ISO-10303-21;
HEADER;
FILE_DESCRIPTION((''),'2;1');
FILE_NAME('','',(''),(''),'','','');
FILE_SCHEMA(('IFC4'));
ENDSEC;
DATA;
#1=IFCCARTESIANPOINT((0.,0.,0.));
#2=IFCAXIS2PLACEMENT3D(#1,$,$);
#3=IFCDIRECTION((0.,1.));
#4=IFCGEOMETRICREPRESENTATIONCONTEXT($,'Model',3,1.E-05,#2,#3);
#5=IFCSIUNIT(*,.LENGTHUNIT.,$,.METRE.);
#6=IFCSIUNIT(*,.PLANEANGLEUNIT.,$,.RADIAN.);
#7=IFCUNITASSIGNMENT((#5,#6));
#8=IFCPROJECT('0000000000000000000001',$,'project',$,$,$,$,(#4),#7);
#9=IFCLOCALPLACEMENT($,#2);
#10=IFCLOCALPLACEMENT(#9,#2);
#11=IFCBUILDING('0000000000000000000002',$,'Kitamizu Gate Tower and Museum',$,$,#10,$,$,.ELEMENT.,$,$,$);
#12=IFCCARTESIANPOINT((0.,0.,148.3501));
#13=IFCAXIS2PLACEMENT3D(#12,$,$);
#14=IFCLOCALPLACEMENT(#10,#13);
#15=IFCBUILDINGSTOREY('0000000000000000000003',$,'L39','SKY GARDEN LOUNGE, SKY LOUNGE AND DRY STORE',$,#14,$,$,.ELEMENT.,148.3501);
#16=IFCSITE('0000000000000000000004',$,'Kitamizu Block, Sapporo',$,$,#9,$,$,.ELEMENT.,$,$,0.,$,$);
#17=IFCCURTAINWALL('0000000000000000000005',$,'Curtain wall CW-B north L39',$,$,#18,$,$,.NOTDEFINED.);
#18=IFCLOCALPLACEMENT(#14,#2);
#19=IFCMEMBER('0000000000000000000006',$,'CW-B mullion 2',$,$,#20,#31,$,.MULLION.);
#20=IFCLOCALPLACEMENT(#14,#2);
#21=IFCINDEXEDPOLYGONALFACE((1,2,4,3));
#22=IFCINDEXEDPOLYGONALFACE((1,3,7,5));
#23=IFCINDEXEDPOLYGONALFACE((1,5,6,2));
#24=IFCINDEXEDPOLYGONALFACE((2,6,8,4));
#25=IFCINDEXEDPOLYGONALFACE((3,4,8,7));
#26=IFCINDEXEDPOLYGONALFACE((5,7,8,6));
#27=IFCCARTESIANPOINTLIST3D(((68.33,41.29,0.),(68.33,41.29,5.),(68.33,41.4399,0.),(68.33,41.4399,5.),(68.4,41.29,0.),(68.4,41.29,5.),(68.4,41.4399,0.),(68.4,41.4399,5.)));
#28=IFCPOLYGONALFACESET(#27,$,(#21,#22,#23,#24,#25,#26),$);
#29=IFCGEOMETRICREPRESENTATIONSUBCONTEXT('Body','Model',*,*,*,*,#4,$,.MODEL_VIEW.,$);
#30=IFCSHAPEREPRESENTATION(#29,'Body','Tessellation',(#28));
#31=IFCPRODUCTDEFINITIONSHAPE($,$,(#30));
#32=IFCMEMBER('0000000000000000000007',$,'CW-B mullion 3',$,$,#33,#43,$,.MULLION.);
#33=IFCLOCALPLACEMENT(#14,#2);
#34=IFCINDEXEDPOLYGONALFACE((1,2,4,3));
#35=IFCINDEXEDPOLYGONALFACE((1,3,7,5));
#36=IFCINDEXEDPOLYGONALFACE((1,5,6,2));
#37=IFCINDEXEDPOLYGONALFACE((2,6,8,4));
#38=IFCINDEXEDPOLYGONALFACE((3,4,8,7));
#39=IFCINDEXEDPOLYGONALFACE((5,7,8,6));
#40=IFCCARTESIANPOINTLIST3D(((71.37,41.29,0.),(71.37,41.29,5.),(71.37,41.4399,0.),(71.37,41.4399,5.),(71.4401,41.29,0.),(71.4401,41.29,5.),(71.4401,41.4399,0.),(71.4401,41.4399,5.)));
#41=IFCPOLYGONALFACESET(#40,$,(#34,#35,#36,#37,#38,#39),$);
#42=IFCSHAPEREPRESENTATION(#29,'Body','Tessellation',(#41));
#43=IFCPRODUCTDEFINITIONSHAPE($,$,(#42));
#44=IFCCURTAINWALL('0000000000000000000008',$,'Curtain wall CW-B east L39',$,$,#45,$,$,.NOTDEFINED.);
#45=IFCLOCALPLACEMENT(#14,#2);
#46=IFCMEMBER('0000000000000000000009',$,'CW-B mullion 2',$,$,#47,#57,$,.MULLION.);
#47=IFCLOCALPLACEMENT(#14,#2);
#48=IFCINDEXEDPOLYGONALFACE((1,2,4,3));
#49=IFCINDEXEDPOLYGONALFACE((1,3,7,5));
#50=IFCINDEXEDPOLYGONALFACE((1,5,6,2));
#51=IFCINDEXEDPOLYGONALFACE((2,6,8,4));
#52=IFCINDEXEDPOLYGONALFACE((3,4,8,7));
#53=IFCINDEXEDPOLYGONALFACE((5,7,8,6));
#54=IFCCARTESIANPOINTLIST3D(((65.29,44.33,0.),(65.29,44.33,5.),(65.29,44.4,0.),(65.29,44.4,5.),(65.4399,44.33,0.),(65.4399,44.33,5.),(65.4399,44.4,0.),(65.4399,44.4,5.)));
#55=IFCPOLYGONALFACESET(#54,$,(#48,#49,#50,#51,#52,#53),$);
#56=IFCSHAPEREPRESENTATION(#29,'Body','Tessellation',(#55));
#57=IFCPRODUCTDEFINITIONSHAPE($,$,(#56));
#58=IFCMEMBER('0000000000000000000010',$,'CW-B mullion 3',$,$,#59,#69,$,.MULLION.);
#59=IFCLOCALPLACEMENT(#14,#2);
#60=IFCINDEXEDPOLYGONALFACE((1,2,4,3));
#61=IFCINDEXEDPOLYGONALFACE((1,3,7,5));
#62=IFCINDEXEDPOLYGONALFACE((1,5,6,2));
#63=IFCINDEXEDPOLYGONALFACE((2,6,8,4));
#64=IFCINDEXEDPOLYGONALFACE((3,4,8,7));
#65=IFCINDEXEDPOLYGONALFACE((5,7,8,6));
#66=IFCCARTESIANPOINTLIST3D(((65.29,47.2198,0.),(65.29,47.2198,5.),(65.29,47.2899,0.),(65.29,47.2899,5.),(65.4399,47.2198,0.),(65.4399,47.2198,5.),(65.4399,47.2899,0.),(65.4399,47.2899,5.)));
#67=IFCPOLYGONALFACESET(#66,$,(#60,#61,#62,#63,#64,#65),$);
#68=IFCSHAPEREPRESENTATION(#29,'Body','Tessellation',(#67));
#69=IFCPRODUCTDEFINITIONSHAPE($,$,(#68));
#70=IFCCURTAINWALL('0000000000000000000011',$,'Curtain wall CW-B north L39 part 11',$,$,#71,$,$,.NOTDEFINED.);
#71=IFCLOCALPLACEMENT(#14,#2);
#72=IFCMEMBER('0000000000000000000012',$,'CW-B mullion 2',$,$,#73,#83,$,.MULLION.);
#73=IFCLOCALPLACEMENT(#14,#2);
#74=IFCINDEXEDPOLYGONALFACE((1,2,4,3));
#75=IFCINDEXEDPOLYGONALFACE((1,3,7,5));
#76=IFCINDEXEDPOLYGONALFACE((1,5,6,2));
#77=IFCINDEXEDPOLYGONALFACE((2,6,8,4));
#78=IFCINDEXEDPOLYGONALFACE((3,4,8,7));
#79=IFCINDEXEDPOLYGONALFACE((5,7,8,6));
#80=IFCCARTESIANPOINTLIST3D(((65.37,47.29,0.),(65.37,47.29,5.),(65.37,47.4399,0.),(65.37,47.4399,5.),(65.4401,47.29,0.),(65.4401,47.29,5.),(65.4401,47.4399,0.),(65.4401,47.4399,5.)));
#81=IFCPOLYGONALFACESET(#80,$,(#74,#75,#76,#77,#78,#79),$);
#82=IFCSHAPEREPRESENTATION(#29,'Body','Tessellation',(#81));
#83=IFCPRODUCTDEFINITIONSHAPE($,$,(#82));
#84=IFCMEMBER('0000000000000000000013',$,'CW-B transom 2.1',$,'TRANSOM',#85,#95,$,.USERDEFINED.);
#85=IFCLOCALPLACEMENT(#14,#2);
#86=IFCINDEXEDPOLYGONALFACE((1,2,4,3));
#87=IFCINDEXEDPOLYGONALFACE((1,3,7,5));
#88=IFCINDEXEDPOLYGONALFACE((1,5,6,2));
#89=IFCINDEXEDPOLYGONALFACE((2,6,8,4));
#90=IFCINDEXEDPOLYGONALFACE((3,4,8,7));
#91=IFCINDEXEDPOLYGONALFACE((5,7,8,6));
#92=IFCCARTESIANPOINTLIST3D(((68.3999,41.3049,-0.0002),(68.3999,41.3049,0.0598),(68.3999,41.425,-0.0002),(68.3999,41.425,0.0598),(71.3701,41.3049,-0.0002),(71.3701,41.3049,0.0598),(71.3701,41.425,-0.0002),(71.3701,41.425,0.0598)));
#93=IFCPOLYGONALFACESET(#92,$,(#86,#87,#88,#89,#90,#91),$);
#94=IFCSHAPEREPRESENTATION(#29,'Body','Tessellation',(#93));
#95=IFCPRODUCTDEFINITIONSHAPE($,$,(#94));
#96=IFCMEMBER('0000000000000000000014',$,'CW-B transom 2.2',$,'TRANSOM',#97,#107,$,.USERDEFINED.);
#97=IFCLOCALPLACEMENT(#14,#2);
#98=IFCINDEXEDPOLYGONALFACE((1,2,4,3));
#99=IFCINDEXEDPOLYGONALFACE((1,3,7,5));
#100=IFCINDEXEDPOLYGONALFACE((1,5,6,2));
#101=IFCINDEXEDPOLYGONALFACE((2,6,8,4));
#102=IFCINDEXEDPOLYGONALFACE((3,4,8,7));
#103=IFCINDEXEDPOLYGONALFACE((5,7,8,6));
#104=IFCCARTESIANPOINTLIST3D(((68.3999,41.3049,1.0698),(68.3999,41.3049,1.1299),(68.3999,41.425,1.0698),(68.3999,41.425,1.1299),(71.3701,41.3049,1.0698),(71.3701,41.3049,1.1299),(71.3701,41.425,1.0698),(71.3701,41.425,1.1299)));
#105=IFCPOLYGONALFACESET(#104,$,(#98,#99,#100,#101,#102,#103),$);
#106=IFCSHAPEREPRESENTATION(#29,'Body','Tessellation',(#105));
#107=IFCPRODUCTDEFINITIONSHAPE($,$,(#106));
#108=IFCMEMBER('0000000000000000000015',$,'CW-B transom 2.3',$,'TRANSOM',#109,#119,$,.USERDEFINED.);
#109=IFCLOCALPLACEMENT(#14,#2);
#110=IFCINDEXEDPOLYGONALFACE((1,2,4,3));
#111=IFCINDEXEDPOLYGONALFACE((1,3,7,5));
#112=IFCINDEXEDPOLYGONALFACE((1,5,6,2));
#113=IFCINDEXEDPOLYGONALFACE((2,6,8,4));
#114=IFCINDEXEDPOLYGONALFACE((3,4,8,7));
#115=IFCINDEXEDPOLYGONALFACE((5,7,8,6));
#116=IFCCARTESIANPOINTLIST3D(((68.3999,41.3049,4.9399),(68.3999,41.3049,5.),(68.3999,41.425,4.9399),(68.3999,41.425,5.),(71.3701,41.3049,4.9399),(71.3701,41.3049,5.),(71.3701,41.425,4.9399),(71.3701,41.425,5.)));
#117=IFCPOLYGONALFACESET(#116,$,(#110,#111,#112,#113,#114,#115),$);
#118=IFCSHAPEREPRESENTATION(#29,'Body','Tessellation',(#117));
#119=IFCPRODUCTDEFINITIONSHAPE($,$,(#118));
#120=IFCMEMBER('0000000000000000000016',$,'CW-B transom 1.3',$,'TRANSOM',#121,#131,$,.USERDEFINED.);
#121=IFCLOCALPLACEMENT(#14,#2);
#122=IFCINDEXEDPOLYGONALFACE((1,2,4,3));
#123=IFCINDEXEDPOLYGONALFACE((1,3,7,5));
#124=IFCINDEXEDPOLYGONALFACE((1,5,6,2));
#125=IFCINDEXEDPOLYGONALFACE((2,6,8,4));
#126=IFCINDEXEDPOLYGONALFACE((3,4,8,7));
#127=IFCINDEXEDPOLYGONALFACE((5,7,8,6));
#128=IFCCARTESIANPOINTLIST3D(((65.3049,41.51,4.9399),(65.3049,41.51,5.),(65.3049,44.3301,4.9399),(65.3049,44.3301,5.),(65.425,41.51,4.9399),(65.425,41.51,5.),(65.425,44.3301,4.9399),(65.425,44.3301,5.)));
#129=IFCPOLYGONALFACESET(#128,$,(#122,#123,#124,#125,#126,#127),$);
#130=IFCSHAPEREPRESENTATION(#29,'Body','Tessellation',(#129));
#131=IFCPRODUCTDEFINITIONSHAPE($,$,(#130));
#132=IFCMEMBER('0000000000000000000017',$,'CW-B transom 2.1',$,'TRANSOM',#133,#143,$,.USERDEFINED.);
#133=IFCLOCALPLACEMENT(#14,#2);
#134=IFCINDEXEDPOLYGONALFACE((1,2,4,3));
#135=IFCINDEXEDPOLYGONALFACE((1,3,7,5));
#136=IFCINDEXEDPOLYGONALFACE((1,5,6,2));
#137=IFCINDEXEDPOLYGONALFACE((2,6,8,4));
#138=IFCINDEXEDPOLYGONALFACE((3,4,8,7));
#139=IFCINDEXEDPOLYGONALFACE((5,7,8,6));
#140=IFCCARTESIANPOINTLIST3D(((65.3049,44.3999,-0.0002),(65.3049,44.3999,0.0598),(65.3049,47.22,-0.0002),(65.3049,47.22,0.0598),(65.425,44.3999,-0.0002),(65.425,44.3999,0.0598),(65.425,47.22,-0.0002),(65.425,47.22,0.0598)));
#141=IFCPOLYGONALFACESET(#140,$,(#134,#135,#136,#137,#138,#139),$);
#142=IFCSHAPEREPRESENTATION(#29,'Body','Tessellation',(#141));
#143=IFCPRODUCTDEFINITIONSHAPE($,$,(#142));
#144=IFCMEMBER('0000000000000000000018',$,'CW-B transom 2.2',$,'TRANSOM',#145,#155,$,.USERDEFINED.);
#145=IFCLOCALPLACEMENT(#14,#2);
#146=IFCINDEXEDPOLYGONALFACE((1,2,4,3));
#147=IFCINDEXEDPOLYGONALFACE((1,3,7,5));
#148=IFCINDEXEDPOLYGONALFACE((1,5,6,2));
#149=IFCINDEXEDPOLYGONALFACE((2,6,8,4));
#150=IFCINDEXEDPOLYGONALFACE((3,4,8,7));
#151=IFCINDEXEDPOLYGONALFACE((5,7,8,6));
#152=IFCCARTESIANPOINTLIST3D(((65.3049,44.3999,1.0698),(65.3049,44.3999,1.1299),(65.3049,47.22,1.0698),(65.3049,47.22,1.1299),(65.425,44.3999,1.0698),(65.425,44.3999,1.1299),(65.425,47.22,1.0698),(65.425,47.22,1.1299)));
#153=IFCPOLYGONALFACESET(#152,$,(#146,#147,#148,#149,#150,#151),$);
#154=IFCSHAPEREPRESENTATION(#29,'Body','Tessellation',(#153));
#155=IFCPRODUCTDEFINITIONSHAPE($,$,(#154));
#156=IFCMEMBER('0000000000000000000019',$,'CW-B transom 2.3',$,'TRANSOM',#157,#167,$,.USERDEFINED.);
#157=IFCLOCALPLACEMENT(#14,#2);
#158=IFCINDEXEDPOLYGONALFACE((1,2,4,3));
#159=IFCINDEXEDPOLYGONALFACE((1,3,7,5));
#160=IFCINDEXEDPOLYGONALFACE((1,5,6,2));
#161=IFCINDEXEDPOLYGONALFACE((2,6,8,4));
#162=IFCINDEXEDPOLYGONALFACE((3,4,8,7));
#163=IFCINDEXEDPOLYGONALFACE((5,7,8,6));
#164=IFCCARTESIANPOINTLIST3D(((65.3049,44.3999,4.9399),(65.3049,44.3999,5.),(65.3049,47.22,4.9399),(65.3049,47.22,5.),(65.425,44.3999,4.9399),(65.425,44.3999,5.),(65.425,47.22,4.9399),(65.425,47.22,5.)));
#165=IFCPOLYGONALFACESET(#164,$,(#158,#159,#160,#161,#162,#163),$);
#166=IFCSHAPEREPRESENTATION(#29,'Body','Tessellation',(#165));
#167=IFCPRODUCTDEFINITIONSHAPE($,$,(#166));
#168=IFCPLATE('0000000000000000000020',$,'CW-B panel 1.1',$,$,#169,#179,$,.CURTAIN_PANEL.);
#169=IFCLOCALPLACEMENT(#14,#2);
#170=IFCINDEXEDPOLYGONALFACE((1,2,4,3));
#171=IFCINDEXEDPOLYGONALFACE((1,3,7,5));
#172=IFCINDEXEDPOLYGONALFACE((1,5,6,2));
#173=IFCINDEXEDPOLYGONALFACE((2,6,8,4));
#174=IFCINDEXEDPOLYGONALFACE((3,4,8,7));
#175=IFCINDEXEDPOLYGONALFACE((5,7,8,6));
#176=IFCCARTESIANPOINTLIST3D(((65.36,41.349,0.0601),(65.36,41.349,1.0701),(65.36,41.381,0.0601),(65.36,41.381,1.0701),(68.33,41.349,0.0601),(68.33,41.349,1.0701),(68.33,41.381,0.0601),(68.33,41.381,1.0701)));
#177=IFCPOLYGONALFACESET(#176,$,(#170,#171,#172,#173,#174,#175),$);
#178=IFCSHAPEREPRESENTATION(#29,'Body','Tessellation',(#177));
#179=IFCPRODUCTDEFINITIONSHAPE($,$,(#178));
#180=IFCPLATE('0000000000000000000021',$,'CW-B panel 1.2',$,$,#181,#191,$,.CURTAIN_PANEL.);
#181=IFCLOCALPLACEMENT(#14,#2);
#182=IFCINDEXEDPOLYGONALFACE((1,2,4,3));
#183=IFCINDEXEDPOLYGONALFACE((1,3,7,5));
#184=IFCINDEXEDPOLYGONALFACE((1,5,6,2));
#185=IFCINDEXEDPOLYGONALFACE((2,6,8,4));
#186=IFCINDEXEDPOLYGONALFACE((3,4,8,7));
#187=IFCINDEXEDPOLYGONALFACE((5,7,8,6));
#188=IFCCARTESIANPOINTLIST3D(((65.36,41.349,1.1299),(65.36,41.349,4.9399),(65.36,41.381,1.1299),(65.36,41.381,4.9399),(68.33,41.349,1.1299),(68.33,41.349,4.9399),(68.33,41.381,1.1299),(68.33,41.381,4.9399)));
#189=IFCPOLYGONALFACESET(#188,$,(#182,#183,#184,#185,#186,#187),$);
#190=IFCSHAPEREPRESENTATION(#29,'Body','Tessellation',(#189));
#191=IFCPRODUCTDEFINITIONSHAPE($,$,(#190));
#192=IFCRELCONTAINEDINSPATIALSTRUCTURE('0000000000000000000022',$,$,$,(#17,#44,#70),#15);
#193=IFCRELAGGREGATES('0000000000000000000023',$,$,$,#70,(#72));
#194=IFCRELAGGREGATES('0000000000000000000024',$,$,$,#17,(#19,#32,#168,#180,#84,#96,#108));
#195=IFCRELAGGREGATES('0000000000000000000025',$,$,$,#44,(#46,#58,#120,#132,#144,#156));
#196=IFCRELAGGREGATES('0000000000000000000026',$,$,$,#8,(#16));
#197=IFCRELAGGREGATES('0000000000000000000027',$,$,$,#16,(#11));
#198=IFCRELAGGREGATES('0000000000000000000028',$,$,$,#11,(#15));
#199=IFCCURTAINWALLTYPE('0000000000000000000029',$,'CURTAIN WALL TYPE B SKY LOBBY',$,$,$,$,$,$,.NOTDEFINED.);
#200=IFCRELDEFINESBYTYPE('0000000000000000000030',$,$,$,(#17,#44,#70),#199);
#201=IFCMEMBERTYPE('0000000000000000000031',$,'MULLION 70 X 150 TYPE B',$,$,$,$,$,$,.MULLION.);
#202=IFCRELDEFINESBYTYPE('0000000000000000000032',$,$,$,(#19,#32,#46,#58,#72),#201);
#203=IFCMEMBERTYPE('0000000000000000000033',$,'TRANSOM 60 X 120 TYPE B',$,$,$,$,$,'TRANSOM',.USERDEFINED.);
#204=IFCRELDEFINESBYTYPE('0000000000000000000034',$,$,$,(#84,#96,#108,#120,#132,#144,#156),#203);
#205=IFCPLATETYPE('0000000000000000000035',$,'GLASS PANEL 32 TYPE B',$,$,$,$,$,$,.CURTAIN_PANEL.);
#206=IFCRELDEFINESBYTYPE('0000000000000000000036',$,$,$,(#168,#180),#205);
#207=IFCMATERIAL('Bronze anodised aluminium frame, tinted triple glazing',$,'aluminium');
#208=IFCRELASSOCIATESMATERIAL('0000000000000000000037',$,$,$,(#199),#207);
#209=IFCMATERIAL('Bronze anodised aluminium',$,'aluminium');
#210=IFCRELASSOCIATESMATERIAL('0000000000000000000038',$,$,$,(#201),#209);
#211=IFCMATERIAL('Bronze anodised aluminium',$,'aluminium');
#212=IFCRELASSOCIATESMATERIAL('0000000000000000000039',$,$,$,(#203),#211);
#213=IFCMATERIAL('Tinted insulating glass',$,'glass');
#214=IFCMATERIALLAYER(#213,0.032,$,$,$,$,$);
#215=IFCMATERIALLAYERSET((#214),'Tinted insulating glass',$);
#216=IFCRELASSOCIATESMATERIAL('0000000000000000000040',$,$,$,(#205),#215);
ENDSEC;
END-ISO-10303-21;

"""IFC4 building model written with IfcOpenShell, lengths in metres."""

from ifc_helpers import new_model, si_unit, direction, frame, origin, origin_2d, place, context, subcontext, project, spatial, rectangle, extrude, material, layer, layer_set, material_profile, profile_set, type_object, element, aggregate, save


model = new_model("IFC4")

# Units and contexts
model_context = context("Model", 3, precision=1e-05, world=origin(), true_north=direction((0.0, 1.0)))
body_context = subcontext(model_context, "Body", "Model", "MODEL_VIEW")
ifc_project = project(units=[si_unit("LENGTHUNIT", "METRE"), si_unit("PLANEANGLEUNIT", "RADIAN")], contexts=[model_context])

# Site, building, storey
site_placement = place(None, origin())
site = spatial("IfcSite", under=ifc_project, at=site_placement, Name="Kitamizu Block, Sapporo", CompositionType="ELEMENT", RefElevation=0.0)
building_placement = place(site_placement, origin())
building = spatial("IfcBuilding", under=site, at=building_placement, Name="Kitamizu Gate Tower and Museum", CompositionType="ELEMENT")
storey_placement = place(building_placement, frame((0.0, 0.0, 148.3501)))
storey = spatial("IfcBuildingStorey", under=building, at=storey_placement, Name="L39", Description="SKY GARDEN LOUNGE, SKY LOUNGE AND DRY STORE", CompositionType="ELEMENT", Elevation=148.3501)

# Curtain walls, members
ifc_material_1 = material(Name="Bronze anodised aluminium frame, tinted triple glazing", Category="aluminium")
curtain_wall_type = type_object("IfcCurtainWallType", Name="CURTAIN WALL TYPE B SKY LOBBY", PredefinedType="NOTDEFINED", material=ifc_material_1)
curtain_wall_1_placement = place(storey_placement, origin())
curtain_wall_1 = element("IfcCurtainWall", 1, at=curtain_wall_1_placement, inside=storey, type_object=curtain_wall_type, Name="Curtain wall CW-B north L39", PredefinedType="NOTDEFINED")
ifc_material_2 = material(Name="Bronze anodised aluminium", Category="aluminium")
ifc_material_profile_1 = material_profile(ifc_material_2, rectangle(XDim=0.0701, YDim=0.1499, at=origin_2d()), Name="AL 70X150")
ifc_profile_set_1 = profile_set([ifc_material_profile_1], Name="Bronze anodised aluminium")
member_type_1 = type_object("IfcMemberType", Name="MULLION 70 X 150 TYPE B", PredefinedType="MULLION", material=ifc_profile_set_1)
member_1_placement = place(storey_placement, frame((68.365, 41.365, 0.0), z_axis=(0.0, 0.0, 1.0), x_axis=(1.0, 0.0, 0.0)))
member_1 = element("IfcMember", 2, at=member_1_placement, type_object=member_type_1, Name="CW-B mullion 2", PredefinedType="MULLION", context=body_context, shape_type="SweptSolid", body=[
    extrude(rectangle(XDim=0.0701, YDim=0.1499, at=origin_2d()), origin(), (0.0, 0.0, 1.0), 5.0),
])
member_2_placement = place(storey_placement, frame((71.405, 41.365, 0.0), z_axis=(0.0, 0.0, 1.0), x_axis=(1.0, 0.0, 0.0)))
member_2 = element("IfcMember", 3, at=member_2_placement, type_object=member_type_1, Name="CW-B mullion 3", PredefinedType="MULLION", context=body_context, shape_type="SweptSolid", body=[
    extrude(rectangle(XDim=0.0701, YDim=0.1499, at=origin_2d()), origin(), (0.0, 0.0, 1.0), 5.0),
])
curtain_wall_2_placement = place(storey_placement, origin())
curtain_wall_2 = element("IfcCurtainWall", 4, at=curtain_wall_2_placement, inside=storey, type_object=curtain_wall_type, Name="Curtain wall CW-B east L39", PredefinedType="NOTDEFINED")
member_3_placement = place(storey_placement, frame((65.365, 44.365, 0.0), z_axis=(0.0, 0.0, 1.0), x_axis=(0.0, 1.0, 0.0)))
member_3 = element("IfcMember", 5, at=member_3_placement, type_object=member_type_1, Name="CW-B mullion 2", PredefinedType="MULLION", context=body_context, shape_type="SweptSolid", body=[
    extrude(rectangle(XDim=0.0701, YDim=0.1499, at=origin_2d()), origin(), (0.0, 0.0, 1.0), 5.0),
])
member_4_placement = place(storey_placement, frame((65.365, 47.2549, 0.0), z_axis=(0.0, 0.0, 1.0), x_axis=(0.0, 1.0, 0.0)))
member_4 = element("IfcMember", 6, at=member_4_placement, type_object=member_type_1, Name="CW-B mullion 3", PredefinedType="MULLION", context=body_context, shape_type="SweptSolid", body=[
    extrude(rectangle(XDim=0.0701, YDim=0.1499, at=origin_2d()), origin(), (0.0, 0.0, 1.0), 5.0),
])

# Curtain wall, member
curtain_wall_3_placement = place(storey_placement, origin())
curtain_wall_3 = element("IfcCurtainWall", 7, at=curtain_wall_3_placement, inside=storey, type_object=curtain_wall_type, Name="Curtain wall CW-B north L39 part 11", PredefinedType="NOTDEFINED")
member_5_placement = place(storey_placement, frame((65.405, 47.365, 0.0), z_axis=(0.0, 0.0, 1.0), x_axis=(1.0, 0.0, 0.0)))
member_5 = element("IfcMember", 8, at=member_5_placement, type_object=member_type_1, Name="CW-B mullion 2", PredefinedType="MULLION", context=body_context, shape_type="SweptSolid", body=[
    extrude(rectangle(XDim=0.0701, YDim=0.1499, at=origin_2d()), origin(), (0.0, 0.0, 1.0), 5.0),
])
aggregate(curtain_wall_3, [member_5])

# Members
ifc_material_3 = material(Name="Bronze anodised aluminium", Category="aluminium")
ifc_material_profile_2 = material_profile(ifc_material_3, rectangle(XDim=0.1201, YDim=0.0601, at=origin_2d()), Name="AL 60X120")
ifc_profile_set_2 = profile_set([ifc_material_profile_2], Name="Bronze anodised aluminium")
member_type_2 = type_object("IfcMemberType", Name="TRANSOM 60 X 120 TYPE B", ElementType="TRANSOM", PredefinedType="USERDEFINED", material=ifc_profile_set_2)
member_6_placement = place(storey_placement, frame((68.3999, 41.365, 0.0298), z_axis=(1.0, 0.0, 0.0), x_axis=(0.0, 1.0, 0.0)))
member_6 = element("IfcMember", 9, at=member_6_placement, type_object=member_type_2, Name="CW-B transom 2.1", ObjectType="TRANSOM", PredefinedType="USERDEFINED", context=body_context, shape_type="SweptSolid", body=[
    extrude(rectangle(XDim=0.1201, YDim=0.0601, at=origin_2d()), origin(), (0.0, 0.0, 1.0), 2.9702),
])
member_7_placement = place(storey_placement, frame((68.3999, 41.365, 1.0999), z_axis=(1.0, 0.0, 0.0), x_axis=(0.0, 1.0, 0.0)))
member_7 = element("IfcMember", 10, at=member_7_placement, type_object=member_type_2, Name="CW-B transom 2.2", ObjectType="TRANSOM", PredefinedType="USERDEFINED", context=body_context, shape_type="SweptSolid", body=[
    extrude(rectangle(XDim=0.1201, YDim=0.0601, at=origin_2d()), origin(), (0.0, 0.0, 1.0), 2.9702),
])
member_8_placement = place(storey_placement, frame((68.3999, 41.365, 4.97), z_axis=(1.0, 0.0, 0.0), x_axis=(0.0, 1.0, 0.0)))
member_8 = element("IfcMember", 11, at=member_8_placement, type_object=member_type_2, Name="CW-B transom 2.3", ObjectType="TRANSOM", PredefinedType="USERDEFINED", context=body_context, shape_type="SweptSolid", body=[
    extrude(rectangle(XDim=0.1201, YDim=0.0601, at=origin_2d()), origin(), (0.0, 0.0, 1.0), 2.9702),
])
member_9_placement = place(storey_placement, frame((65.365, 41.51, 4.97), z_axis=(0.0, 1.0, 0.0), x_axis=(-1.0, 0.0, 0.0)))
member_9 = element("IfcMember", 12, at=member_9_placement, type_object=member_type_2, Name="CW-B transom 1.3", ObjectType="TRANSOM", PredefinedType="USERDEFINED", context=body_context, shape_type="SweptSolid", body=[
    extrude(rectangle(XDim=0.1201, YDim=0.0601, at=origin_2d()), origin(), (0.0, 0.0, 1.0), 2.8201),
])
member_10_placement = place(storey_placement, frame((65.365, 44.3999, 0.0298), z_axis=(0.0, 1.0, 0.0), x_axis=(-1.0, 0.0, 0.0)))
member_10 = element("IfcMember", 13, at=member_10_placement, type_object=member_type_2, Name="CW-B transom 2.1", ObjectType="TRANSOM", PredefinedType="USERDEFINED", context=body_context, shape_type="SweptSolid", body=[
    extrude(rectangle(XDim=0.1201, YDim=0.0601, at=origin_2d()), origin(), (0.0, 0.0, 1.0), 2.8201),
])
member_11_placement = place(storey_placement, frame((65.365, 44.3999, 1.0999), z_axis=(0.0, 1.0, 0.0), x_axis=(-1.0, 0.0, 0.0)))
member_11 = element("IfcMember", 14, at=member_11_placement, type_object=member_type_2, Name="CW-B transom 2.2", ObjectType="TRANSOM", PredefinedType="USERDEFINED", context=body_context, shape_type="SweptSolid", body=[
    extrude(rectangle(XDim=0.1201, YDim=0.0601, at=origin_2d()), origin(), (0.0, 0.0, 1.0), 2.8201),
])
member_12_placement = place(storey_placement, frame((65.365, 44.3999, 4.97), z_axis=(0.0, 1.0, 0.0), x_axis=(-1.0, 0.0, 0.0)))
member_12 = element("IfcMember", 15, at=member_12_placement, type_object=member_type_2, Name="CW-B transom 2.3", ObjectType="TRANSOM", PredefinedType="USERDEFINED", context=body_context, shape_type="SweptSolid", body=[
    extrude(rectangle(XDim=0.1201, YDim=0.0601, at=origin_2d()), origin(), (0.0, 0.0, 1.0), 2.8201),
])

# Plates
ifc_material_4 = material(Name="Tinted insulating glass", Category="glass")
ifc_layer = layer(ifc_material_4, 0.032)
ifc_layer_set = layer_set([ifc_layer], Name="Tinted insulating glass")
plate_type = type_object("IfcPlateType", Name="GLASS PANEL 32 TYPE B", PredefinedType="CURTAIN_PANEL", material=ifc_layer_set)
plate_1_placement = place(storey_placement, frame((66.845, 41.365, 0.0601), z_axis=(0.0, 0.0, 1.0), x_axis=(1.0, 0.0, 0.0)))
plate_1 = element("IfcPlate", 16, at=plate_1_placement, type_object=plate_type, Name="CW-B panel 1.1", PredefinedType="CURTAIN_PANEL", context=body_context, shape_type="SweptSolid", body=[
    extrude(rectangle(XDim=2.97, YDim=0.032, at=origin_2d()), origin(), (0.0, 0.0, 1.0), 1.01),
])
plate_2_placement = place(storey_placement, frame((66.845, 41.365, 1.1299), z_axis=(0.0, 0.0, 1.0), x_axis=(1.0, 0.0, 0.0)))
plate_2 = element("IfcPlate", 17, at=plate_2_placement, type_object=plate_type, Name="CW-B panel 1.2", PredefinedType="CURTAIN_PANEL", context=body_context, shape_type="SweptSolid", body=[
    extrude(rectangle(XDim=2.97, YDim=0.032, at=origin_2d()), origin(), (0.0, 0.0, 1.0), 3.8101),
])
aggregate(curtain_wall_1, [member_1, member_2, plate_1, plate_2, member_6, member_7, member_8])
aggregate(curtain_wall_2, [member_3, member_4, member_9, member_10, member_11, member_12])

save(model, "model.ifc")
